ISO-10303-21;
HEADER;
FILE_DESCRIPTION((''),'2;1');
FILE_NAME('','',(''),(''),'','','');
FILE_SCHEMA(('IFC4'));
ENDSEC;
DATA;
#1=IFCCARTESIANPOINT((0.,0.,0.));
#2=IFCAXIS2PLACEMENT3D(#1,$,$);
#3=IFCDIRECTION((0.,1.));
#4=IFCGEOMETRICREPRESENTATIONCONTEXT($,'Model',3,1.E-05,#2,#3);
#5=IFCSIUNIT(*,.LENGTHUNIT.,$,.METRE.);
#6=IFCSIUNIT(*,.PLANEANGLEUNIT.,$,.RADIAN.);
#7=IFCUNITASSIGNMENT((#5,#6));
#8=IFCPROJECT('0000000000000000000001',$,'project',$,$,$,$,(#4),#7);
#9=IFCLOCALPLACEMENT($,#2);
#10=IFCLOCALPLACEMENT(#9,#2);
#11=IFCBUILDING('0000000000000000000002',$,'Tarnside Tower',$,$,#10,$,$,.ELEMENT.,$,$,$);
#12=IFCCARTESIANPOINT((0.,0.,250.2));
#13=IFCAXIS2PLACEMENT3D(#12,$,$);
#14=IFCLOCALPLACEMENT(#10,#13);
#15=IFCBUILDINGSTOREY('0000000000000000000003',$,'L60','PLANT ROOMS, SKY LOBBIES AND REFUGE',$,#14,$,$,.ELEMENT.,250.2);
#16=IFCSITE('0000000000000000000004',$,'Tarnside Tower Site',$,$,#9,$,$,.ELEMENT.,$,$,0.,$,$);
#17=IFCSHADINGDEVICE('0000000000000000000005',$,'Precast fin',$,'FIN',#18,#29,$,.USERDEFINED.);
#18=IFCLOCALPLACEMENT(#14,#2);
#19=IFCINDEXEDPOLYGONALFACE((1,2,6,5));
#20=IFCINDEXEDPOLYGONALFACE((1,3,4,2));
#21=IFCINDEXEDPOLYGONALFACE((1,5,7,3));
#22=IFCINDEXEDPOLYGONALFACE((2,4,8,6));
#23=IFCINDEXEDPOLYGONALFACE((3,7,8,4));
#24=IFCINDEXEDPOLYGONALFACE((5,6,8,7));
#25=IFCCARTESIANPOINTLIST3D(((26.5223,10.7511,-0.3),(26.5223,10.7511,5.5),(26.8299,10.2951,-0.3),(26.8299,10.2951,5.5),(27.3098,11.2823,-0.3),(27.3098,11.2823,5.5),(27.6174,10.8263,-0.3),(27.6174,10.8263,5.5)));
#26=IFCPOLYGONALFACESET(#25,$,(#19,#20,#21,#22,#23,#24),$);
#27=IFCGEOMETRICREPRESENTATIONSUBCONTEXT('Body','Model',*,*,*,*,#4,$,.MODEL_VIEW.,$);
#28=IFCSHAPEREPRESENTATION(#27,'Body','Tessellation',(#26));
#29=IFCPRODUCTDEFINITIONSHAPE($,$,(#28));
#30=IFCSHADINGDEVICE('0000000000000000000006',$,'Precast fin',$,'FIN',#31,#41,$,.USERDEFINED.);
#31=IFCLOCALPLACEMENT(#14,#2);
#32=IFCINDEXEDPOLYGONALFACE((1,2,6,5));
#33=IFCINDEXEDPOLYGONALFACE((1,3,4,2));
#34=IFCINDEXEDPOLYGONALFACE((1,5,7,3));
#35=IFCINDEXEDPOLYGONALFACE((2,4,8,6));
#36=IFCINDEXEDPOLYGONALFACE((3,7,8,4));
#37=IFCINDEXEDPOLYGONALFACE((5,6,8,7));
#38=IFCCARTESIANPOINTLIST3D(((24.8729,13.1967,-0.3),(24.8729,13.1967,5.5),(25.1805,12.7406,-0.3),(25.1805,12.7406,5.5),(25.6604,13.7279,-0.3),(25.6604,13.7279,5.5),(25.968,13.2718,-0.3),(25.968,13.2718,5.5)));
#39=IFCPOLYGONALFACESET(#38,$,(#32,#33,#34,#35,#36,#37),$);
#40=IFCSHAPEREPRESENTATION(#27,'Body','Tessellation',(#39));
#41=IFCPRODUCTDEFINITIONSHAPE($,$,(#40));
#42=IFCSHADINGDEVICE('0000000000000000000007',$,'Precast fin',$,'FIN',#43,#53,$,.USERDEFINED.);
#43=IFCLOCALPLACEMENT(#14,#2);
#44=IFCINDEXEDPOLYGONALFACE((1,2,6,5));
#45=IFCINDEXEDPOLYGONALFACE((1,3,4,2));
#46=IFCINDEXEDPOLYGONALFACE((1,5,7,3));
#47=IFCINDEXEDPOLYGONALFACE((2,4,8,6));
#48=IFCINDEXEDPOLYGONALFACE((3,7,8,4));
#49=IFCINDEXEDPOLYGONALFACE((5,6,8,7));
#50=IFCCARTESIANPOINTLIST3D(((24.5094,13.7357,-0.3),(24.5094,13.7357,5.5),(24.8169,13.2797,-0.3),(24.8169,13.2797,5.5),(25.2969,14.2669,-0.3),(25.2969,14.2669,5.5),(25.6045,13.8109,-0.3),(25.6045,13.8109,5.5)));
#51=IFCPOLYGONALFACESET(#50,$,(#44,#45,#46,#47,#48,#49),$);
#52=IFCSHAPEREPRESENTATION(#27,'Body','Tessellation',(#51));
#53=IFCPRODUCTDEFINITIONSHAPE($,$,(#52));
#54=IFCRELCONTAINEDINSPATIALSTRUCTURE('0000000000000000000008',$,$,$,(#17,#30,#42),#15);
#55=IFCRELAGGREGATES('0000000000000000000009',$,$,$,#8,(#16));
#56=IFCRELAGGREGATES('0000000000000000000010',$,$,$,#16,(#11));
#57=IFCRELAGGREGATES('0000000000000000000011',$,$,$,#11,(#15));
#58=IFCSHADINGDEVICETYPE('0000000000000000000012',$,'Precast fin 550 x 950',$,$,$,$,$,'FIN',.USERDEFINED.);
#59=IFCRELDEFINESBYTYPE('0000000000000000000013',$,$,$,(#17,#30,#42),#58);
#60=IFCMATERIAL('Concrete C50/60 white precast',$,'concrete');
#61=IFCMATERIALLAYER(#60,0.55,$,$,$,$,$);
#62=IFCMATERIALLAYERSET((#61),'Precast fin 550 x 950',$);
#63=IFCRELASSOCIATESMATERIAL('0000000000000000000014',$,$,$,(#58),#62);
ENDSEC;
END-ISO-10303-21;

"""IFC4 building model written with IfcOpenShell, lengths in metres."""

from ifc_helpers import new_model, si_unit, direction, frame, origin, place, context, subcontext, project, spatial, polyline, outline, extrude, material, layer, layer_set, type_object, element, save


model = new_model("IFC4")

# Units and contexts
model_context = context("Model", 3, precision=1e-05, world=origin(), true_north=direction((0.0, 1.0)))
body_context = subcontext(model_context, "Body", "Model", "MODEL_VIEW")
ifc_project = project(units=[si_unit("LENGTHUNIT", "METRE"), si_unit("PLANEANGLEUNIT", "RADIAN")], contexts=[model_context])

# Site, building, storey
site_placement = place(None, origin())
site = spatial("IfcSite", under=ifc_project, at=site_placement, Name="Tarnside Tower Site", CompositionType="ELEMENT", RefElevation=0.0)
building_placement = place(site_placement, origin())
building = spatial("IfcBuilding", under=site, at=building_placement, Name="Tarnside Tower", CompositionType="ELEMENT")
storey_placement = place(building_placement, frame((0.0, 0.0, 250.2)))
storey = spatial("IfcBuildingStorey", under=building, at=storey_placement, Name="L60", Description="PLANT ROOMS, SKY LOBBIES AND REFUGE", CompositionType="ELEMENT", Elevation=250.2)

# Shading devices
ifc_material_1 = material(Name="Concrete C50/60 white precast", Category="concrete")
ifc_layer_1 = layer(ifc_material_1, 0.55)
ifc_layer_set_1 = layer_set([ifc_layer_1], Name="Precast fin 550 x 950")
shading_device_type_1 = type_object("IfcShadingDeviceType", Name="Precast fin 550 x 950", ElementType="FIN", PredefinedType="USERDEFINED", material=ifc_layer_set_1)
for number, where, z_axis, x_axis, name in (
    (1, (26.676, 10.5232, -0.3), (0.559193, -0.829038, 0.0), (0.829038, 0.559193, 0.0), "Precast fin"),
    (2, (25.0266, 12.9688, -0.3), (0.559193, -0.829038, 0.0), (0.829038, 0.559193, 0.0), "Precast fin"),
    (3, (24.6631, 13.5078, -0.3), (0.559193, -0.829038, 0.0), (0.829038, 0.559193, 0.0), "Precast fin"),
):
    element("IfcShadingDevice", number, at=place(storey_placement, frame(where, z_axis=z_axis, x_axis=x_axis)), inside=storey, type_object=shading_device_type_1, Name=name, ObjectType="FIN", PredefinedType="USERDEFINED", context=body_context, shape_type="SweptSolid", body=[
        extrude(outline(polyline([(0.0, 0.0), (0.95, 0.0), (0.95, 5.8), (0.0, 5.8), (0.0, 0.0)])), frame((0.0, 0.0, -0.2749)), (0.0, 0.0, 1.0), 0.55),
    ])

save(model, "model.ifc")
